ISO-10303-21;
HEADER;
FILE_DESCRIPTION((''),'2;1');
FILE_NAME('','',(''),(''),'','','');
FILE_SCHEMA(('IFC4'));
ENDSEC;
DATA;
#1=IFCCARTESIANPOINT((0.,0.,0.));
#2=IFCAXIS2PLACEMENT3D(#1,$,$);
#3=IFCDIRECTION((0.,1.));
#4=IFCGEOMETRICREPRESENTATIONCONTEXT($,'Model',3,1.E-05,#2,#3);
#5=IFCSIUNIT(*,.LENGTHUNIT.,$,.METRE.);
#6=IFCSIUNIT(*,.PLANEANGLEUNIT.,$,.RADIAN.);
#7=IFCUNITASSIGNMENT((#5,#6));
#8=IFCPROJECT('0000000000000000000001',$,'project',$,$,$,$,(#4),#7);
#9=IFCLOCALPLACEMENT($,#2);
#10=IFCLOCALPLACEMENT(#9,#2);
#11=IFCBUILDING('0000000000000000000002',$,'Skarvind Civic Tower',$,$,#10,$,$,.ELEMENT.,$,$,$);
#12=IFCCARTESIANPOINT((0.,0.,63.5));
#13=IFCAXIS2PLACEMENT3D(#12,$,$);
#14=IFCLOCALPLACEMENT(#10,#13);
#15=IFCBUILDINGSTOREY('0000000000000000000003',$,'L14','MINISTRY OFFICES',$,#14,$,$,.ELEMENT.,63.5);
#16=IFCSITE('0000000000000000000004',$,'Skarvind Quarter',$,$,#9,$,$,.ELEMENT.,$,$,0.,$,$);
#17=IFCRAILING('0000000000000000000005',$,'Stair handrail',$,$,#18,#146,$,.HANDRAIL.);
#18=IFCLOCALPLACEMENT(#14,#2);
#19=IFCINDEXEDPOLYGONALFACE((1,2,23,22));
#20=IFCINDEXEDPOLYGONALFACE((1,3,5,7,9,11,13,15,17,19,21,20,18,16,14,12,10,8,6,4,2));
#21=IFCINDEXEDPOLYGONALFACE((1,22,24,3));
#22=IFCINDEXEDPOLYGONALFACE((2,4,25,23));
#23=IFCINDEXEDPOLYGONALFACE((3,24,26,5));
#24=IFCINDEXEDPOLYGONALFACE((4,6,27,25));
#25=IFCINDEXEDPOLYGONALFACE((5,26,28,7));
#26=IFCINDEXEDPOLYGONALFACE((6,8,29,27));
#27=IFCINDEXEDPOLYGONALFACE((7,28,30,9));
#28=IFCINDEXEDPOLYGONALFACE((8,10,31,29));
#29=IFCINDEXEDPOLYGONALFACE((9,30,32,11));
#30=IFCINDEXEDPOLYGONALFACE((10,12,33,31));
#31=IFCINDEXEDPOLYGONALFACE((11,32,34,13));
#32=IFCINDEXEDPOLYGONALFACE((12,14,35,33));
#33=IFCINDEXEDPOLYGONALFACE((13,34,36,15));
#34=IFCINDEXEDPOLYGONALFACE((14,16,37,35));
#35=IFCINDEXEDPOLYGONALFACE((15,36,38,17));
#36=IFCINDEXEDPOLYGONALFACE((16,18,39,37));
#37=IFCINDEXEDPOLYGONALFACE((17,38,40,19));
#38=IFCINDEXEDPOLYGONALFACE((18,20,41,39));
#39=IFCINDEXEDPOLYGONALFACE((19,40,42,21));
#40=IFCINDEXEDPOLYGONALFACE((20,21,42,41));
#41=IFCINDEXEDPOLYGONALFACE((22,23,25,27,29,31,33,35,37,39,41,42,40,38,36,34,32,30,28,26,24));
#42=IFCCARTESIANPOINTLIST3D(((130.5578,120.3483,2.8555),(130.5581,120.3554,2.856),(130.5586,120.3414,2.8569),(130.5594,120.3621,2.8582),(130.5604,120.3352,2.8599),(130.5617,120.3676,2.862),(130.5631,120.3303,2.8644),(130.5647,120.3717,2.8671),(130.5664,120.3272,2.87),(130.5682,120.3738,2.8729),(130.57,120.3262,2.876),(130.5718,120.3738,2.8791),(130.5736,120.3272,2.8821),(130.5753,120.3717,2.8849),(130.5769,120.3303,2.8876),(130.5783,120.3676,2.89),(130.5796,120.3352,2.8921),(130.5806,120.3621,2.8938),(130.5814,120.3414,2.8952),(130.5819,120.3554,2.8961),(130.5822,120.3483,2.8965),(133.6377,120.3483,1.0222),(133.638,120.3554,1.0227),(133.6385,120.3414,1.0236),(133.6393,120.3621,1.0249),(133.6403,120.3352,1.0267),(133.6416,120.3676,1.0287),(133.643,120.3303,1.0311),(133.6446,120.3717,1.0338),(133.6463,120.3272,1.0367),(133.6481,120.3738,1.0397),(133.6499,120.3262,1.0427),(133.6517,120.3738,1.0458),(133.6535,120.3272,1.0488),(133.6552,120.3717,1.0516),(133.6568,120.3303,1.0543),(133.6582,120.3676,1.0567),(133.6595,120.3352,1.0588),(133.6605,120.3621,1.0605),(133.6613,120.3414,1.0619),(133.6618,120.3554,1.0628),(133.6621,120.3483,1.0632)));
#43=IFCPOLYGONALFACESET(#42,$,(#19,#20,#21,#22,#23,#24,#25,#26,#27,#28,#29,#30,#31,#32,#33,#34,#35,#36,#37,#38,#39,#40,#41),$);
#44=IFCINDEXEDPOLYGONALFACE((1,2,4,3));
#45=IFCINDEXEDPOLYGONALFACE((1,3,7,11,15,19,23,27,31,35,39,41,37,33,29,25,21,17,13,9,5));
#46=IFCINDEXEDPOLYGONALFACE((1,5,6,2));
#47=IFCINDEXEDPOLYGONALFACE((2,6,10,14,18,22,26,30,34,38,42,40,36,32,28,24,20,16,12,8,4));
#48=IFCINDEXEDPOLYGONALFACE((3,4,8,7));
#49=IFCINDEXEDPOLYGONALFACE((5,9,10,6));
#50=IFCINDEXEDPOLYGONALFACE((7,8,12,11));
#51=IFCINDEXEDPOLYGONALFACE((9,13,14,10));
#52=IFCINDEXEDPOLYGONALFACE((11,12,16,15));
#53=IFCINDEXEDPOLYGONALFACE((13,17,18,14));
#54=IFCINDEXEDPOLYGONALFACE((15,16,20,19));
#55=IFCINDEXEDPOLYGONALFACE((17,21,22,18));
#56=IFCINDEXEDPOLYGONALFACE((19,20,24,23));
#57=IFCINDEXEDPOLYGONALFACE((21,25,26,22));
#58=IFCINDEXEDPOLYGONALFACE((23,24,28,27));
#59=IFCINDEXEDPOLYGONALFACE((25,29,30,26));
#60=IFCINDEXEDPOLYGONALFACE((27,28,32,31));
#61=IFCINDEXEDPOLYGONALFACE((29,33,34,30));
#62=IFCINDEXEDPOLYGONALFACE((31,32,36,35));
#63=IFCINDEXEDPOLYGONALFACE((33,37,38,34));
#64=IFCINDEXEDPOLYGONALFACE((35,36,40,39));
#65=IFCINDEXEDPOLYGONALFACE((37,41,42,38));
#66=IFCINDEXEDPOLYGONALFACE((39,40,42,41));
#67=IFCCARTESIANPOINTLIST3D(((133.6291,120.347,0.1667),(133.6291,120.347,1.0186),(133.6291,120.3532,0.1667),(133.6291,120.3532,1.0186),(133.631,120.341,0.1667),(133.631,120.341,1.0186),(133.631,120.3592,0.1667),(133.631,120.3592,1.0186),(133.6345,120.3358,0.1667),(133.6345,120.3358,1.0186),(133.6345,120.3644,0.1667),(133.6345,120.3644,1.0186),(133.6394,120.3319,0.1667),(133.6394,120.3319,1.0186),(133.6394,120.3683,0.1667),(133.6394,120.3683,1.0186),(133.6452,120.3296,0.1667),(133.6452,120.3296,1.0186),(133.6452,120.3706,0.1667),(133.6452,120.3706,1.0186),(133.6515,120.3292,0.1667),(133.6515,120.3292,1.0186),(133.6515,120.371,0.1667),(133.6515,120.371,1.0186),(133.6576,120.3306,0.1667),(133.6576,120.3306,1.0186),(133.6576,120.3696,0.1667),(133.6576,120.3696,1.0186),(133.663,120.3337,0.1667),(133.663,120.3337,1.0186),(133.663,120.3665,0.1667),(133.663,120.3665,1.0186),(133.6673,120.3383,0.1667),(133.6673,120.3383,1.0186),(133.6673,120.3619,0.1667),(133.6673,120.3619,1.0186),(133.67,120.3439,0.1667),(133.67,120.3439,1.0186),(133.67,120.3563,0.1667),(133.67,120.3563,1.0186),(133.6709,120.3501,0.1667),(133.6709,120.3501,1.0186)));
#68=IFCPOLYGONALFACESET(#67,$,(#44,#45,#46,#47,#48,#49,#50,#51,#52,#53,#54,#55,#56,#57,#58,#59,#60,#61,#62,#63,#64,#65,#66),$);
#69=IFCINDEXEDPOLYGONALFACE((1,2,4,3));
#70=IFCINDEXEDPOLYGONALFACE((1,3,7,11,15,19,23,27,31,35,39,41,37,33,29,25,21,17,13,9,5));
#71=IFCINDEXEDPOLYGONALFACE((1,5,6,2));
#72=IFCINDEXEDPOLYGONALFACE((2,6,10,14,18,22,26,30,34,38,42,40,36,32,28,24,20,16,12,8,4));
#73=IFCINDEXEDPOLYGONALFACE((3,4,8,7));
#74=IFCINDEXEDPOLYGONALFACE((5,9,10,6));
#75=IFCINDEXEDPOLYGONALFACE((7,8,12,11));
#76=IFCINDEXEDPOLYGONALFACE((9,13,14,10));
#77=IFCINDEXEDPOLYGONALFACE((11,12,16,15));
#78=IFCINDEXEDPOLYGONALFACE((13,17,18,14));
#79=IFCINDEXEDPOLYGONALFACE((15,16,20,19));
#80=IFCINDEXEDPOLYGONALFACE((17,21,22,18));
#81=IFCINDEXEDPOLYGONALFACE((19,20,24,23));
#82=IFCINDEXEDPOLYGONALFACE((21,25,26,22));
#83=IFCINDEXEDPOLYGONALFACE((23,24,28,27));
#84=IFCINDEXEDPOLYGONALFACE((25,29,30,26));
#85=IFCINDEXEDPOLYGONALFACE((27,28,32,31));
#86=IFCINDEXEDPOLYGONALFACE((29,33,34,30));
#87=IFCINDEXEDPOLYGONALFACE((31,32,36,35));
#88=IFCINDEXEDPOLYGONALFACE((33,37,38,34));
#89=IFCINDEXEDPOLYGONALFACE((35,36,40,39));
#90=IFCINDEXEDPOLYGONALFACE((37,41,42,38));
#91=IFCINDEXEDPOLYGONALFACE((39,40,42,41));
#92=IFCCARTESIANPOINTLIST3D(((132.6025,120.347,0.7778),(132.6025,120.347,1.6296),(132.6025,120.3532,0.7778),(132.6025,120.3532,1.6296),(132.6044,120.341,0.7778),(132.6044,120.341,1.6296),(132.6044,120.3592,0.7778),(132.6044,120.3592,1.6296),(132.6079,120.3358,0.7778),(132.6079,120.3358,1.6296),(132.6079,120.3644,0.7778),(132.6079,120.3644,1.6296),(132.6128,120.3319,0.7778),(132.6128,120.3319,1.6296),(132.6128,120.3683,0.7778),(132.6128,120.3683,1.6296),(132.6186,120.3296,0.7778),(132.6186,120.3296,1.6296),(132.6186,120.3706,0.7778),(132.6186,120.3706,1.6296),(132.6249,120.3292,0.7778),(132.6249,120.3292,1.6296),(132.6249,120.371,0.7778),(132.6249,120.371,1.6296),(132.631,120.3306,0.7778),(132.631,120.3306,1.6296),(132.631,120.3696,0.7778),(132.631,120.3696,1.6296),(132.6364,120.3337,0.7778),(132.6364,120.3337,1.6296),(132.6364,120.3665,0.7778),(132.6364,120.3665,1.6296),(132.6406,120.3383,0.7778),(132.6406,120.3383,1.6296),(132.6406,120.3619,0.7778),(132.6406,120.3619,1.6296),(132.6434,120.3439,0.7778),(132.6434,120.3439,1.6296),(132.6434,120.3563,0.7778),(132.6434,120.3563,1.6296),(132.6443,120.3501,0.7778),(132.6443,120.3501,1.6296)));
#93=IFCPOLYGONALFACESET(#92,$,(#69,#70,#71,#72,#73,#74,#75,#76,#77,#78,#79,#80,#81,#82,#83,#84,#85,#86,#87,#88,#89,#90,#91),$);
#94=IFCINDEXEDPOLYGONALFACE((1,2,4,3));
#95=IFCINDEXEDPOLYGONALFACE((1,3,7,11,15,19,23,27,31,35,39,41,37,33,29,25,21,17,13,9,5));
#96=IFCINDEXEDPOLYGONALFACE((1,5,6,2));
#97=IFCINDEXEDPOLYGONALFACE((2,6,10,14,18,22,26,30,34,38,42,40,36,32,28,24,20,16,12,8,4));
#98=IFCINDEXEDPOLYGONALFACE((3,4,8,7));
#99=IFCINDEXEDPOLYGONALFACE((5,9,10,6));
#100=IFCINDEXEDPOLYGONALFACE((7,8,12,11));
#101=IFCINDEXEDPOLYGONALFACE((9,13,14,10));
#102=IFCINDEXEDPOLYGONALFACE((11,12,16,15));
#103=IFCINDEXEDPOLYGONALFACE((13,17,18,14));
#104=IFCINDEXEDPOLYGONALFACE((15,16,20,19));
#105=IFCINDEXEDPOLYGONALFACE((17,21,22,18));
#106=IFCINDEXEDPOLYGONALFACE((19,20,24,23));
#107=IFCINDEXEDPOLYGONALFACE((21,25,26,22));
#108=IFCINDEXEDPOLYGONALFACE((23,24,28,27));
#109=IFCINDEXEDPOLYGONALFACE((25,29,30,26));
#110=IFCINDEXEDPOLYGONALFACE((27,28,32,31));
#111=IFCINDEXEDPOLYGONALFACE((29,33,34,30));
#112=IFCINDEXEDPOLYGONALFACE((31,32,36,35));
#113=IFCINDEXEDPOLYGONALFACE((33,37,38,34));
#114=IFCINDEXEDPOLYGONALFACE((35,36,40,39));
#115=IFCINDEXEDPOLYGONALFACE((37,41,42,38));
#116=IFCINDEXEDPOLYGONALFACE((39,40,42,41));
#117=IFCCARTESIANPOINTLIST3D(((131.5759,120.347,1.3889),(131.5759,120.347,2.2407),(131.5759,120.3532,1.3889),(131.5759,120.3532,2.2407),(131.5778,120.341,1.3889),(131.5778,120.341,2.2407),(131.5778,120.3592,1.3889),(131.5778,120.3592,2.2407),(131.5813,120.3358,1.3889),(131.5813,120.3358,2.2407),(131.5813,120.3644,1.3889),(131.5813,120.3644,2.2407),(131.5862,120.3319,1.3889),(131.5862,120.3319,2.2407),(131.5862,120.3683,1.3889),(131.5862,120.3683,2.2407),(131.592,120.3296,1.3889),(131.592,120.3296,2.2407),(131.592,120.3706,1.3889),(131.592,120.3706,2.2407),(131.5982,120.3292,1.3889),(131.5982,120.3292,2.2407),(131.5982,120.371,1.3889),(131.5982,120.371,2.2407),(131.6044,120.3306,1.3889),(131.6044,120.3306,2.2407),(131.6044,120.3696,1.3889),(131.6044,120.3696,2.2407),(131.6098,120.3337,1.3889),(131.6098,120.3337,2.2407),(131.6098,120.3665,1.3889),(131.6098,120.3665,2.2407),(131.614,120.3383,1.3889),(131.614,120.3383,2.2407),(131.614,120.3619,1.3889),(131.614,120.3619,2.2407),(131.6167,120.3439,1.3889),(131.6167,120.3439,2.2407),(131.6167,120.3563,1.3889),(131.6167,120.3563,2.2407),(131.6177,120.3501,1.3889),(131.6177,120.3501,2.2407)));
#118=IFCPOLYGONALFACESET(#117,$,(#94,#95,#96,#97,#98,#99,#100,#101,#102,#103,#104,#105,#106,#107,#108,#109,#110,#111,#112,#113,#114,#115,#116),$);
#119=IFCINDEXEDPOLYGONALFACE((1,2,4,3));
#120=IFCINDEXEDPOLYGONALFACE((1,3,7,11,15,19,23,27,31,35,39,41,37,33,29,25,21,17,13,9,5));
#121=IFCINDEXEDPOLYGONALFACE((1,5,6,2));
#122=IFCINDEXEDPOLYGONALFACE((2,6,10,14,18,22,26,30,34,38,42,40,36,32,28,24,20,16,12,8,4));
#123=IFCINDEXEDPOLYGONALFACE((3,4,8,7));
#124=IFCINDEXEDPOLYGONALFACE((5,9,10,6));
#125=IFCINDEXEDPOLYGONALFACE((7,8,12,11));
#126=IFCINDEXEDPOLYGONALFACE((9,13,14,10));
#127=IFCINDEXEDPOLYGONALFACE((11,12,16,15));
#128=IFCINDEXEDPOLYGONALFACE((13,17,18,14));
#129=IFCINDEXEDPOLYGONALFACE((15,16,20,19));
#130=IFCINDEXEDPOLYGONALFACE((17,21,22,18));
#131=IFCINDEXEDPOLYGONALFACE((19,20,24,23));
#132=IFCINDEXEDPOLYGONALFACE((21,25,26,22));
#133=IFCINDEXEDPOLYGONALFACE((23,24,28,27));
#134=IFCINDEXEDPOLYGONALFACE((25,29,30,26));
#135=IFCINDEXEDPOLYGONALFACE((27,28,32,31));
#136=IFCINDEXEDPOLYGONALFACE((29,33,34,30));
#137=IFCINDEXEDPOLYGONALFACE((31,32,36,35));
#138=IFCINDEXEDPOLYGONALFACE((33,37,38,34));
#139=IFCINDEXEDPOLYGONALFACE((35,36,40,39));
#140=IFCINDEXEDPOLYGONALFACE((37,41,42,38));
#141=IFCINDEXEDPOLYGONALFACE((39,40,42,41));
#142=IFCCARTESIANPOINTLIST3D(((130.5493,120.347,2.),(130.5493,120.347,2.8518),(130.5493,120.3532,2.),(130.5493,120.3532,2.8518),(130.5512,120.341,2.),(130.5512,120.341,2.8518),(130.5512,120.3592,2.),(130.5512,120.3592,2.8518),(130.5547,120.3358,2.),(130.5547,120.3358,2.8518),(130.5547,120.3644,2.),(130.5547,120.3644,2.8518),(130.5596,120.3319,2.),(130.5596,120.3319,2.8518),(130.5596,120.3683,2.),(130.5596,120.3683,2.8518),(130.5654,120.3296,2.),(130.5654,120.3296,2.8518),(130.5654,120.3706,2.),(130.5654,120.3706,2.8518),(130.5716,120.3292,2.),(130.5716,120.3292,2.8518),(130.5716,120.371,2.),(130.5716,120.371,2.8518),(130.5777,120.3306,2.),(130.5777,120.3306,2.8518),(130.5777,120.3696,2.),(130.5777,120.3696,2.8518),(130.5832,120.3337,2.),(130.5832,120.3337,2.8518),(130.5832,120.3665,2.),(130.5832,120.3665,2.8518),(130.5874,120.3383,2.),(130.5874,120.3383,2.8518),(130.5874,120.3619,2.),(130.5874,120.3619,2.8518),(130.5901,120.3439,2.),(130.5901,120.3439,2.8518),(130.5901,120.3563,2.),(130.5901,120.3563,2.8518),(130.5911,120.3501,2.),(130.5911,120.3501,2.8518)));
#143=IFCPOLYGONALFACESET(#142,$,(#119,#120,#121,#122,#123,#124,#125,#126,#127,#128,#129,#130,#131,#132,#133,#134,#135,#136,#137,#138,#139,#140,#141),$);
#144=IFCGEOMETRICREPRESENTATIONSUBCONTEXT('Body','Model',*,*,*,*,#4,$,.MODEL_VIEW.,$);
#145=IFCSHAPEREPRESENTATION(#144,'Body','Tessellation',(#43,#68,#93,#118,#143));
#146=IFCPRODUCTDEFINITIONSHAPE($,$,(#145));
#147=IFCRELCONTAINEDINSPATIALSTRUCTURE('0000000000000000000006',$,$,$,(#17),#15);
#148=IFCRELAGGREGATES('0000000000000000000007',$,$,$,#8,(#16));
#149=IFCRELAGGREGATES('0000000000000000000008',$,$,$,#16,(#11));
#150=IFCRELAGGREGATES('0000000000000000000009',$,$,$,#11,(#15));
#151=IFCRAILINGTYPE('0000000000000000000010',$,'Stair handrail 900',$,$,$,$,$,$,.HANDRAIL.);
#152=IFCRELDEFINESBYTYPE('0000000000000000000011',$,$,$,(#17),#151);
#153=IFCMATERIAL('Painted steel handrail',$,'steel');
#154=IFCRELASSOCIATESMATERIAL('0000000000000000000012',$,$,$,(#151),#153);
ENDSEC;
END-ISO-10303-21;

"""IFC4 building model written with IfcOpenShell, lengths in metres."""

from ifc_helpers import new_model, si_unit, direction, frame, origin, origin_2d, place, context, subcontext, project, spatial, circle, extrude, material, type_object, element, save


model = new_model("IFC4")

# Units and contexts
model_context = context("Model", 3, precision=1e-05, world=origin(), true_north=direction((0.0, 1.0)))
body_context = subcontext(model_context, "Body", "Model", "MODEL_VIEW")
ifc_project = project(units=[si_unit("LENGTHUNIT", "METRE"), si_unit("PLANEANGLEUNIT", "RADIAN")], contexts=[model_context])

# Site, building, storey
site_placement = place(None, origin())
site = spatial("IfcSite", under=ifc_project, at=site_placement, Name="Skarvind Quarter", CompositionType="ELEMENT", RefElevation=0.0)
building_placement = place(site_placement, origin())
building = spatial("IfcBuilding", under=site, at=building_placement, Name="Skarvind Civic Tower", CompositionType="ELEMENT")
storey_placement = place(building_placement, frame((0.0, 0.0, 63.5)))
storey = spatial("IfcBuildingStorey", under=building, at=storey_placement, Name="L14", Description="MINISTRY OFFICES", CompositionType="ELEMENT", Elevation=63.5)

# Railing
ifc_material_1 = material(Name="Painted steel handrail", Category="steel")
railing_type = type_object("IfcRailingType", Name="Stair handrail 900", PredefinedType="HANDRAIL", material=ifc_material_1)
railing_1_placement = place(storey_placement, frame((133.6499, 120.3501, 0.1667)))
element("IfcRailing", 1, at=railing_1_placement, inside=storey, type_object=railing_type, Name="Stair handrail", PredefinedType="HANDRAIL", context=body_context, shape_type="SweptSolid", body=[
    extrude(circle(Radius=0.0239, at=origin_2d()), frame((0.0, 0.0, 0.876), z_axis=(-0.859291, 0.0, 0.511487), x_axis=(0.0, -1.0, 0.0)), (0.0, 0.0, 1.0), 3.5842),
    extrude(circle(Radius=0.021, at=origin_2d()), origin(), (0.0, 0.0, 1.0), 0.8518),
    extrude(circle(Radius=0.021, at=origin_2d()), frame((-1.0266, 0.0, 0.6111)), (0.0, 0.0, 1.0), 0.8518),
    extrude(circle(Radius=0.021, at=origin_2d()), frame((-2.0532, 0.0, 1.2222)), (0.0, 0.0, 1.0), 0.8518),
    extrude(circle(Radius=0.021, at=origin_2d()), frame((-3.0798, 0.0, 1.8333)), (0.0, 0.0, 1.0), 0.8518),
])

save(model, "model.ifc")
